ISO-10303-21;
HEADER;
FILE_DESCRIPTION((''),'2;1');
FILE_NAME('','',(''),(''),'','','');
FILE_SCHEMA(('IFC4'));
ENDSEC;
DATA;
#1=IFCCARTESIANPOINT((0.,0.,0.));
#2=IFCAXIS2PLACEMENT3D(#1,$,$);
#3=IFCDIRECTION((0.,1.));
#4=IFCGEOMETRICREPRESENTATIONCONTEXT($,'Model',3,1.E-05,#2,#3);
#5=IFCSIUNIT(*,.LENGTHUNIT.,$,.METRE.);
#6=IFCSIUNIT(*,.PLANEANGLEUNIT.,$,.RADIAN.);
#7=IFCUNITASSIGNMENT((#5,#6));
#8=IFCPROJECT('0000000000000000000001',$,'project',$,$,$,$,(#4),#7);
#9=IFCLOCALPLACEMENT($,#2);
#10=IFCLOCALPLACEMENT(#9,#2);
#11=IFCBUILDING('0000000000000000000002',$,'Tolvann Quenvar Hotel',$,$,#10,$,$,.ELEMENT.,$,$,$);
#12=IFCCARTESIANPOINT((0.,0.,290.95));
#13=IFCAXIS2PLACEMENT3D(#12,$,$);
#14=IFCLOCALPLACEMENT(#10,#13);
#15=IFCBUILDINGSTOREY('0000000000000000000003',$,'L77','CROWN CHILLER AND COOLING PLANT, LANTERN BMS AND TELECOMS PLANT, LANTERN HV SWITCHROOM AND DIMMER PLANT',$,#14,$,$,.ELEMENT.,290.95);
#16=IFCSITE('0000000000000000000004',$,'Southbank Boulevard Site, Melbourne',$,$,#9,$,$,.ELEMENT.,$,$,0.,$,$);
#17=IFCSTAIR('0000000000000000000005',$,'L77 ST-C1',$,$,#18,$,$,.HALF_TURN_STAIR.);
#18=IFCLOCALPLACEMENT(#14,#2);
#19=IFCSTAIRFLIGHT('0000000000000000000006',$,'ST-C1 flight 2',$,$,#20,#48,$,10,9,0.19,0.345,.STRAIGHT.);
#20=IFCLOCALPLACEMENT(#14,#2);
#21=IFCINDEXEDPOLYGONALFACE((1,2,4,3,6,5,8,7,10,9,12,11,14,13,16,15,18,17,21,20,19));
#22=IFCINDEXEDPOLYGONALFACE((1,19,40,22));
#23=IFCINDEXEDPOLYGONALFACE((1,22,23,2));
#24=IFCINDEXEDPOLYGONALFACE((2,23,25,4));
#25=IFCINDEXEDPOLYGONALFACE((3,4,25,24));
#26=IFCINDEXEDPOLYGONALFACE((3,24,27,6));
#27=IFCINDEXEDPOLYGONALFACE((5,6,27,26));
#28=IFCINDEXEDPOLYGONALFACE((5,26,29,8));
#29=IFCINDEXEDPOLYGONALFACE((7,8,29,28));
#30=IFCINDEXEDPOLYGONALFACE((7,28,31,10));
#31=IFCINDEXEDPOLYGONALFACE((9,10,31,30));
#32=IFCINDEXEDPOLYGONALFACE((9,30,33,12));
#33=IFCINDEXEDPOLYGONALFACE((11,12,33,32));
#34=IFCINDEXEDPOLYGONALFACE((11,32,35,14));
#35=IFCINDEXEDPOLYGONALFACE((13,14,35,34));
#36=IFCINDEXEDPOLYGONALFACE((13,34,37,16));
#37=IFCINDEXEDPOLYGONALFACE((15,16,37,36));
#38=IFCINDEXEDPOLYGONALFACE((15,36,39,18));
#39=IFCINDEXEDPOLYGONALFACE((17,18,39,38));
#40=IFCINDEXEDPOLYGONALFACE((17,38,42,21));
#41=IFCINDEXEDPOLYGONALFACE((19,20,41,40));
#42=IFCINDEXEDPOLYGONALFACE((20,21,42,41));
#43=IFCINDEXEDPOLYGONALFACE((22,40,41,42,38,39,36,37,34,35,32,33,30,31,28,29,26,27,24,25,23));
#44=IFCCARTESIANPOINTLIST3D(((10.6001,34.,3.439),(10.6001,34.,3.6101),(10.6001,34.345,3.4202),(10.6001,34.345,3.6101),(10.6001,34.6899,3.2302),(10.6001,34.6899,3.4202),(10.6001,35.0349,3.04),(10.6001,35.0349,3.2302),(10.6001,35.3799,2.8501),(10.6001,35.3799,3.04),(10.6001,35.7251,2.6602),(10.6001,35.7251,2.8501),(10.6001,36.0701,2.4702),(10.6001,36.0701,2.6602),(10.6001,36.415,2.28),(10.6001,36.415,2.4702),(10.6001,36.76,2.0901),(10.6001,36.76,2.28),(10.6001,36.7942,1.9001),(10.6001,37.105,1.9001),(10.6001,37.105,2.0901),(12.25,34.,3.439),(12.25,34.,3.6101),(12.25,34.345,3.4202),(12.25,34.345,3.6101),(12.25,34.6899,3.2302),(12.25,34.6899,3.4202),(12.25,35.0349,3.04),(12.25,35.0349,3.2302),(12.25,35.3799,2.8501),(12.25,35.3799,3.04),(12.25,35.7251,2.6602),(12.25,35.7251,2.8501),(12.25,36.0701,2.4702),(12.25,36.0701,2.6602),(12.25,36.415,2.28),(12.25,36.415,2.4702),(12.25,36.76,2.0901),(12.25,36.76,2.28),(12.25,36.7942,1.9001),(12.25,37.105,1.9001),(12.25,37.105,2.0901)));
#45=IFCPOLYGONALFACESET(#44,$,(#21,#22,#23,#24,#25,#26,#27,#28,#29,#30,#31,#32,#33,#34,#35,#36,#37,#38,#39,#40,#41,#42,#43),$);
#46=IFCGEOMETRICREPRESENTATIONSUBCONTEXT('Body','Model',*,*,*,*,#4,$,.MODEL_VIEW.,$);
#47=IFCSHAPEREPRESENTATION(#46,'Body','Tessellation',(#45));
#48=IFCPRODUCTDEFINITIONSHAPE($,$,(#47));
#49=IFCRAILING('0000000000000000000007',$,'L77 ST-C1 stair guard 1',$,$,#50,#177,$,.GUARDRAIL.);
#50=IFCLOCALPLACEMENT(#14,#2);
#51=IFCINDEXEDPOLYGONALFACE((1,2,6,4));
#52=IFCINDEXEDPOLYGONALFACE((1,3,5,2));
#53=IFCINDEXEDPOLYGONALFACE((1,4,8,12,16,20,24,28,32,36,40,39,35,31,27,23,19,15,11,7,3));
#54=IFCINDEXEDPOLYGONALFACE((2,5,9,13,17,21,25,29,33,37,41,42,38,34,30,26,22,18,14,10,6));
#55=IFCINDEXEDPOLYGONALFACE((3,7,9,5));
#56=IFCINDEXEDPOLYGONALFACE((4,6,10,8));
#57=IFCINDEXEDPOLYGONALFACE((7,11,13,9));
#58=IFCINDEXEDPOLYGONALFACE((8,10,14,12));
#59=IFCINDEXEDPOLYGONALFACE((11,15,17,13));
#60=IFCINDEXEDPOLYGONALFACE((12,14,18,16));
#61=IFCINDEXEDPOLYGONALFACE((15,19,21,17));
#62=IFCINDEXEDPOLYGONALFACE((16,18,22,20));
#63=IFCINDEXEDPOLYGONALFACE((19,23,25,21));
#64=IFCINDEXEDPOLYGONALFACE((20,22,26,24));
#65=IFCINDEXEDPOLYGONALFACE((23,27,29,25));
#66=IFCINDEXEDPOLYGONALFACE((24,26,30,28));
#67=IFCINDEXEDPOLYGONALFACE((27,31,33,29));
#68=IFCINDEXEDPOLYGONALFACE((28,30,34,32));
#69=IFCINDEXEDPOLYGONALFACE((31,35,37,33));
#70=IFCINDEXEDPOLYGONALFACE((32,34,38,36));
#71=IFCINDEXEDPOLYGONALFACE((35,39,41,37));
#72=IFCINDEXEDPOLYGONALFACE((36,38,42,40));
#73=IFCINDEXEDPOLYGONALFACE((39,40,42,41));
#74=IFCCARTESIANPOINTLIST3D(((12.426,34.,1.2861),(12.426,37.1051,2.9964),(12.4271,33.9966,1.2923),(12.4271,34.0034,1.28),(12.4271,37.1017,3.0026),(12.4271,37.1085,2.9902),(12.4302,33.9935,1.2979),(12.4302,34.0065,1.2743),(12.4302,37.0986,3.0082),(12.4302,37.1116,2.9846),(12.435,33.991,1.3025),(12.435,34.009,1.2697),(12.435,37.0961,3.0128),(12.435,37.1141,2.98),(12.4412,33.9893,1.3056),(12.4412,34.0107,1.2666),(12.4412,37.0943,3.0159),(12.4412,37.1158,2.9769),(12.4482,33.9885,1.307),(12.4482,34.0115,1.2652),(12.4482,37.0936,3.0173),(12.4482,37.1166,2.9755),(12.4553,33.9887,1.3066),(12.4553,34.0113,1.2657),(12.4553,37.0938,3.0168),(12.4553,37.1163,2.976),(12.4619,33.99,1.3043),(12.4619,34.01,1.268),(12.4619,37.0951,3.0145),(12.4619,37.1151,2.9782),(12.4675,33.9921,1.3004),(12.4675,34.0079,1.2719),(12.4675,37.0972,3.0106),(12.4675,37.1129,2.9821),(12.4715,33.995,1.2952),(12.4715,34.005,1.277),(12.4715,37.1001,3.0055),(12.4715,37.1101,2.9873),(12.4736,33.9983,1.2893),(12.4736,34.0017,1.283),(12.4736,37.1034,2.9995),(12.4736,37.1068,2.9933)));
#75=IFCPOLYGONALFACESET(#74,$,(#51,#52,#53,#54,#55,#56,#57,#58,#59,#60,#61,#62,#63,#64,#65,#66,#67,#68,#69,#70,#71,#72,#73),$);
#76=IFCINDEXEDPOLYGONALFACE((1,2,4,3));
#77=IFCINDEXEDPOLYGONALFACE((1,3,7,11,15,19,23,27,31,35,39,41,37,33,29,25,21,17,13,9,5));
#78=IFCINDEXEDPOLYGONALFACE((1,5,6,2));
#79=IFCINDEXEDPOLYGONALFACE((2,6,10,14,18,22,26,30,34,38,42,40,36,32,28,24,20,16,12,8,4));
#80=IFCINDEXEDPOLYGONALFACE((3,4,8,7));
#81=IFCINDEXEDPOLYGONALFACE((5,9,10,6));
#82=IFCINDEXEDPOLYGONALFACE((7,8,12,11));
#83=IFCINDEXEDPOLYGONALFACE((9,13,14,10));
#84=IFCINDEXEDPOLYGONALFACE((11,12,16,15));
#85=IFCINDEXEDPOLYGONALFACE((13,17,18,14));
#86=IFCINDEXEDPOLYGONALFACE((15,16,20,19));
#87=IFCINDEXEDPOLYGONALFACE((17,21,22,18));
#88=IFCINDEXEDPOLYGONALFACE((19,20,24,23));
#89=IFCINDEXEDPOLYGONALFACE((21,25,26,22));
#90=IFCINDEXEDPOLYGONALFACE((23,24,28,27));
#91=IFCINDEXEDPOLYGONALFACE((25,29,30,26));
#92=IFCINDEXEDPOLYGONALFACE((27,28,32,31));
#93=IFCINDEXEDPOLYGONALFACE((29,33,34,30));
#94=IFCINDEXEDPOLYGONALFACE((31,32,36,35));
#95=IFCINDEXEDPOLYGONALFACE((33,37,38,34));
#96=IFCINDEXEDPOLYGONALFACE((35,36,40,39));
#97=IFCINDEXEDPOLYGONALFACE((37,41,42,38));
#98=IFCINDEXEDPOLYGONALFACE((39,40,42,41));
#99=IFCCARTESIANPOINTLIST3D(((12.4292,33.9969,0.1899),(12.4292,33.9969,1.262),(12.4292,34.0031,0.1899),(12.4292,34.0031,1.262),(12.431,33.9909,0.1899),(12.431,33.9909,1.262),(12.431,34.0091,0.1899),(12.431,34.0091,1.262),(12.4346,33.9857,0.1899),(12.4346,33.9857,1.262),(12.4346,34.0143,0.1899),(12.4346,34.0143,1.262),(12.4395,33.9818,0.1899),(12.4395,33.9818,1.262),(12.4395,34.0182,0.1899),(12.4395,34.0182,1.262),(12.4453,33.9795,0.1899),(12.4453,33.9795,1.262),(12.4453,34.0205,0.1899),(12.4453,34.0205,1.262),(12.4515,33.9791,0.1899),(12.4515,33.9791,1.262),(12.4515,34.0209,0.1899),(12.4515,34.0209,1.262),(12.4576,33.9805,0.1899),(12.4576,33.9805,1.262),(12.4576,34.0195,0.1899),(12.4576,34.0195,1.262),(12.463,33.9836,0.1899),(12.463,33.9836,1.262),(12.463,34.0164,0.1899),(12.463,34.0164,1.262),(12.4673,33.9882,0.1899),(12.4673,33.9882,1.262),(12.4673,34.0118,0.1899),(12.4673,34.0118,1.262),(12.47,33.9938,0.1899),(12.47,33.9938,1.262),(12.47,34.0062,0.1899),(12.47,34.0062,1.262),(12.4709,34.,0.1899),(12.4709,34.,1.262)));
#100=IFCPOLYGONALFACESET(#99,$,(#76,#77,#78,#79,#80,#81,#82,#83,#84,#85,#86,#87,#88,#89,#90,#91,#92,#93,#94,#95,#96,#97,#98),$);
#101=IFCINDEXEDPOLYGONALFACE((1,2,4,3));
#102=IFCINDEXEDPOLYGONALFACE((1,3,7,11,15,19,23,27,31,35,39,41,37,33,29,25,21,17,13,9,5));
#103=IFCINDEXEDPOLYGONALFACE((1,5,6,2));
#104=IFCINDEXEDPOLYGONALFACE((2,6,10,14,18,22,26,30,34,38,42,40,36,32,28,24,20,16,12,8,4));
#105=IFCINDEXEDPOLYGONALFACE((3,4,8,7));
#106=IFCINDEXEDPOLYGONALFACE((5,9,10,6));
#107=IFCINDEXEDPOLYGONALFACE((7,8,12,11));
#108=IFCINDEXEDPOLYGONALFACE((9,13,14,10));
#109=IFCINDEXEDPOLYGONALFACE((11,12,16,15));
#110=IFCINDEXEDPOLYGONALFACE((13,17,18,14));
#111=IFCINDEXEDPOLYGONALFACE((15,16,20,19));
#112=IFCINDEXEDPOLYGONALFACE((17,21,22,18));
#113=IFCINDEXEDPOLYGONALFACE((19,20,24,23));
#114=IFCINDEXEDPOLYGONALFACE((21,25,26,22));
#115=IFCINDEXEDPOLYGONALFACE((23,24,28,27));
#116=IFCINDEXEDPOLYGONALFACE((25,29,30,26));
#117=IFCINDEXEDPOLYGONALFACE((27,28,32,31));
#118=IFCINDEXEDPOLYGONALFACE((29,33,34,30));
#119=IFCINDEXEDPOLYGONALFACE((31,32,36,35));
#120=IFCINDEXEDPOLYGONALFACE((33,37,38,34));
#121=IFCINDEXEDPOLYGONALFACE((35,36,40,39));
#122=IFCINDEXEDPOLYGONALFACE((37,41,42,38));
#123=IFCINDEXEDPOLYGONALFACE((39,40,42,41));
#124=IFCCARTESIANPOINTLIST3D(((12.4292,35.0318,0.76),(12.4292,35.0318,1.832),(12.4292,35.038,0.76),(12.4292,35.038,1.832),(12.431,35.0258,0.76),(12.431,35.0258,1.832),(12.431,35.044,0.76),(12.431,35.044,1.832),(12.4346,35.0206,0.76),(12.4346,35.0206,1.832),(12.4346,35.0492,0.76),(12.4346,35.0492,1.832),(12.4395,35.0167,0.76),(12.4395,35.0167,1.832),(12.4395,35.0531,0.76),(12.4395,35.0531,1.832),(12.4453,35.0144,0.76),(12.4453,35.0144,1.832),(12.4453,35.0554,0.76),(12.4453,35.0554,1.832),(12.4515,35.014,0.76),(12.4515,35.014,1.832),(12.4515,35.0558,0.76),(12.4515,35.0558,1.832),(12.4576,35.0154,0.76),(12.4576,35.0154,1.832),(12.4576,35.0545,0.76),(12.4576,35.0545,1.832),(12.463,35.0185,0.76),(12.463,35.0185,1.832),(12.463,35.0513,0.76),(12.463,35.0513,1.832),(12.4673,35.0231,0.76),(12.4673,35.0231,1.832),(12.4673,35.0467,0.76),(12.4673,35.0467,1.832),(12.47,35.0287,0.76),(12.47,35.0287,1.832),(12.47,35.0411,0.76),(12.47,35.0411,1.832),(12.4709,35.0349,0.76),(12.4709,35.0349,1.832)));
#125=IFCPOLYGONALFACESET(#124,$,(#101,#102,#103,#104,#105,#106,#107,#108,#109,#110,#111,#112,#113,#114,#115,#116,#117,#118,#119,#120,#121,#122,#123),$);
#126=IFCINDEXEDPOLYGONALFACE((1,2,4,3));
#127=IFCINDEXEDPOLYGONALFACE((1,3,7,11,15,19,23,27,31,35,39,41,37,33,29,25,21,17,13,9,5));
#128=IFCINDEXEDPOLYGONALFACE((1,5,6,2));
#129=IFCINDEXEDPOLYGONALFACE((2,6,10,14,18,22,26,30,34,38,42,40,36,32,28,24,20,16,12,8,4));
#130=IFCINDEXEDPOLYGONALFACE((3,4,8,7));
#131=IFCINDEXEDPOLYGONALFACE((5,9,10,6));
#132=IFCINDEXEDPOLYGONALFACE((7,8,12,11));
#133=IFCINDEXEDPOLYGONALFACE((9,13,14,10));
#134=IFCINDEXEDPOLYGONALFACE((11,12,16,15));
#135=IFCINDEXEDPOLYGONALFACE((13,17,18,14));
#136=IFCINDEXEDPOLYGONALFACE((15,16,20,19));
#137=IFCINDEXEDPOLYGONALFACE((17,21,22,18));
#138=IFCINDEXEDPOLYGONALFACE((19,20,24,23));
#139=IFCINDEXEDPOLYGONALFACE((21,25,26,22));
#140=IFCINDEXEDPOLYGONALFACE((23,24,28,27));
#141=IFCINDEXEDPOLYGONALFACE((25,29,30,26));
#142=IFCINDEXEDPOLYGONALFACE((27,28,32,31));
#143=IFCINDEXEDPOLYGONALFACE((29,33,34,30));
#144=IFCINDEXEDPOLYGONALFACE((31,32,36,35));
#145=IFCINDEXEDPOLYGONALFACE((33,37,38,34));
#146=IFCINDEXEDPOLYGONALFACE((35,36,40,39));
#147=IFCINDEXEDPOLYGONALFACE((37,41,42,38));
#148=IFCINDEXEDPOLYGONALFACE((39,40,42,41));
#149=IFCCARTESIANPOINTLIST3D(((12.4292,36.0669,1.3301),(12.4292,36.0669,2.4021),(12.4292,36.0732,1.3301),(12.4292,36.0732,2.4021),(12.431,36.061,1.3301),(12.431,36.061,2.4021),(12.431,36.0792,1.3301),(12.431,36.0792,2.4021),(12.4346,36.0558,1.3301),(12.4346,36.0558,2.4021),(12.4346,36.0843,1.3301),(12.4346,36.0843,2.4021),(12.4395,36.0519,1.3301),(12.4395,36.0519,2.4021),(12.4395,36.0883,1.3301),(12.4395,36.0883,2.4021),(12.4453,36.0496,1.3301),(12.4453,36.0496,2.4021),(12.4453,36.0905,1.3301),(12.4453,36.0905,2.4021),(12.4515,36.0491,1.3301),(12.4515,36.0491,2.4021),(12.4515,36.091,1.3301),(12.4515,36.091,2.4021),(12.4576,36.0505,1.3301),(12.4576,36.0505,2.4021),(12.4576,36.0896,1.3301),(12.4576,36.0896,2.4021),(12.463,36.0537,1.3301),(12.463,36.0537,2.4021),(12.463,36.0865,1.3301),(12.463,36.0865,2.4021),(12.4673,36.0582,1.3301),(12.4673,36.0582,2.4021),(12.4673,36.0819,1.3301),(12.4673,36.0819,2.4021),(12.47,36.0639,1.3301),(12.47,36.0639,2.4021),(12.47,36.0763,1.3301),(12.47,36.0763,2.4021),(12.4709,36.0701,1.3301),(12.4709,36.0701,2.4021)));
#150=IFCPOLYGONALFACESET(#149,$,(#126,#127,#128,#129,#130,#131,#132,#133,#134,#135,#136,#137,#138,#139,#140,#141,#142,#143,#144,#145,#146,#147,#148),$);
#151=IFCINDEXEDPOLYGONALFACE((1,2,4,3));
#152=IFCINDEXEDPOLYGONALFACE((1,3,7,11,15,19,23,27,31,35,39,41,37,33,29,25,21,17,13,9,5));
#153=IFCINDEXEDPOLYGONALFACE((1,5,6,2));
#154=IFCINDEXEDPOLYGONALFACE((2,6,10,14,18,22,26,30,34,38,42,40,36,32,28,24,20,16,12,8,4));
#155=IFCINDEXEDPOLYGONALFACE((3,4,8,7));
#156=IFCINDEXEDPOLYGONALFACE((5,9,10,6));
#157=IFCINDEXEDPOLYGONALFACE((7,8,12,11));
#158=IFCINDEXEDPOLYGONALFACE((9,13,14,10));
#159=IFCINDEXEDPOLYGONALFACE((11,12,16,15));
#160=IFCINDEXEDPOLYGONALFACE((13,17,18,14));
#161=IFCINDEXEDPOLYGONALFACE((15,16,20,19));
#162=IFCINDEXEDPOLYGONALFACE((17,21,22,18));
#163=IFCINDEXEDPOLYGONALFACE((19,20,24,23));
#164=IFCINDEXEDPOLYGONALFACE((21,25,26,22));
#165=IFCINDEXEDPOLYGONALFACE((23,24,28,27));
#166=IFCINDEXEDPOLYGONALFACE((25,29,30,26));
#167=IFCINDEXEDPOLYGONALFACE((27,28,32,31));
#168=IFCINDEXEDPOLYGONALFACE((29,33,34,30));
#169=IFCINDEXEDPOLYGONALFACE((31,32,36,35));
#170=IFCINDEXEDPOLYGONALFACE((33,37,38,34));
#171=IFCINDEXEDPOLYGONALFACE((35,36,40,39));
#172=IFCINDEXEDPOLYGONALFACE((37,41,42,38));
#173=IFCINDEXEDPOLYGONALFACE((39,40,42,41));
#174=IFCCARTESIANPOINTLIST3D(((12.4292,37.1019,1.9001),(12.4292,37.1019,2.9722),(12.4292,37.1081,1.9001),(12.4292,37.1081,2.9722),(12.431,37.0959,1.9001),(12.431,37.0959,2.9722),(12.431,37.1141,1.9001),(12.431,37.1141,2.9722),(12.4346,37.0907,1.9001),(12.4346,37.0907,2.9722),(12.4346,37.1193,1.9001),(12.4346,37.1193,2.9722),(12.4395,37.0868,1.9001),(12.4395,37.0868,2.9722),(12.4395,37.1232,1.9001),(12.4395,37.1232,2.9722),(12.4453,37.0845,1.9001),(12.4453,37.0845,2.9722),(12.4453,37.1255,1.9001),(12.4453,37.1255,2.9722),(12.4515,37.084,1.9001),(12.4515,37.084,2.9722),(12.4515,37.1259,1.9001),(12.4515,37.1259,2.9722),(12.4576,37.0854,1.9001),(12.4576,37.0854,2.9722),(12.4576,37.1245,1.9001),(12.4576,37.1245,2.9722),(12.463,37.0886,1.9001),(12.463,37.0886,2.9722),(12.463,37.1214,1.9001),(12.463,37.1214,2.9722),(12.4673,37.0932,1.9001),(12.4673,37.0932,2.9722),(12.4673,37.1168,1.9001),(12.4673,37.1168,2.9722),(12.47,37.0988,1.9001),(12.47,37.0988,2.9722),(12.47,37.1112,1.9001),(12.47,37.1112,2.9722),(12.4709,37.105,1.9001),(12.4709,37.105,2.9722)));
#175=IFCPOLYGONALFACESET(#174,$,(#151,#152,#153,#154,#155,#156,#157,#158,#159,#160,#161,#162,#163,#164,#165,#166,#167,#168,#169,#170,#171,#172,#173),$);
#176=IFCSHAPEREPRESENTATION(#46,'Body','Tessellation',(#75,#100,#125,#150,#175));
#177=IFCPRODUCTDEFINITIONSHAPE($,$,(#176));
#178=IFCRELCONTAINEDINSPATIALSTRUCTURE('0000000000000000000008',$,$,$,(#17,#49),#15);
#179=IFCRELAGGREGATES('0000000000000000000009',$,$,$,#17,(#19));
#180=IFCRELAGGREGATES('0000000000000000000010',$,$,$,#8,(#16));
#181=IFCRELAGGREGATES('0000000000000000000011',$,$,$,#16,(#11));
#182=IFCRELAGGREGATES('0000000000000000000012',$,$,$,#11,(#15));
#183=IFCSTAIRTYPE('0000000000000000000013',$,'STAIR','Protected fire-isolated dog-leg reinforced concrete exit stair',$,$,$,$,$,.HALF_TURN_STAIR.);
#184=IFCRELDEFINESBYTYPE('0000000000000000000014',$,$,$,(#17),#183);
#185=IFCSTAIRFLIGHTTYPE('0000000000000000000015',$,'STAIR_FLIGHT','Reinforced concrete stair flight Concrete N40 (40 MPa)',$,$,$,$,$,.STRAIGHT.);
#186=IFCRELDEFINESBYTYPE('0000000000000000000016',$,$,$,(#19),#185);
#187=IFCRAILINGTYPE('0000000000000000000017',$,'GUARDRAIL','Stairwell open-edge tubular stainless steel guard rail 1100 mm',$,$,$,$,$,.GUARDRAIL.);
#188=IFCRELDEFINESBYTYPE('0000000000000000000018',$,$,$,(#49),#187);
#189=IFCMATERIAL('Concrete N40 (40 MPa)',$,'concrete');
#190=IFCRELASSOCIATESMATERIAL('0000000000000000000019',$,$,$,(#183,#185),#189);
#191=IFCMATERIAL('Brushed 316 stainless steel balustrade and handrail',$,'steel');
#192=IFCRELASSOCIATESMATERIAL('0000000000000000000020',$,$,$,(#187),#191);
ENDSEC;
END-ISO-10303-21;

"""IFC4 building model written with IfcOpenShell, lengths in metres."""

from ifc_helpers import new_model, si_unit, direction, frame, origin, origin_2d, place, context, subcontext, project, spatial, polyline, circle, outline, extrude, material, type_object, element, aggregate, save


model = new_model("IFC4")

# Units and contexts
model_context = context("Model", 3, precision=1e-05, world=origin(), true_north=direction((0.0, 1.0)))
body_context = subcontext(model_context, "Body", "Model", "MODEL_VIEW")
ifc_project = project(units=[si_unit("LENGTHUNIT", "METRE"), si_unit("PLANEANGLEUNIT", "RADIAN")], contexts=[model_context])

# Site, building, storey
site_placement = place(None, origin())
site = spatial("IfcSite", under=ifc_project, at=site_placement, Name="Southbank Boulevard Site, Melbourne", CompositionType="ELEMENT", RefElevation=0.0)
building_placement = place(site_placement, origin())
building = spatial("IfcBuilding", under=site, at=building_placement, Name="Tolvann Quenvar Hotel", CompositionType="ELEMENT")
storey_placement = place(building_placement, frame((0.0, 0.0, 290.95)))
storey = spatial("IfcBuildingStorey", under=building, at=storey_placement, Name="L77", Description="CROWN CHILLER AND COOLING PLANT, LANTERN BMS AND TELECOMS PLANT, LANTERN HV SWITCHROOM AND DIMMER PLANT", CompositionType="ELEMENT", Elevation=290.95)

# Shared definitions
ifc_material_1 = material(Name="Concrete N40 (40 MPa)", Category="concrete")

# Stair, stair flight
stair_type = type_object("IfcStairType", Name="STAIR", Description="Protected fire-isolated dog-leg reinforced concrete exit stair", PredefinedType="HALF_TURN_STAIR", material=ifc_material_1)
stair_placement = place(storey_placement, origin())
stair = element("IfcStair", 1, at=stair_placement, inside=storey, type_object=stair_type, Name="L77 ST-C1", PredefinedType="HALF_TURN_STAIR")
stair_flight_type = type_object("IfcStairFlightType", Name="STAIR_FLIGHT", Description="Reinforced concrete stair flight Concrete N40 (40 MPa)", PredefinedType="STRAIGHT", material=ifc_material_1)
stair_flight_1_placement = place(storey_placement, frame((11.425, 37.105, 1.9001), z_axis=(0.0, 0.0, 1.0), x_axis=(0.0, -1.0, 0.0)))
stair_flight_1 = element("IfcStairFlight", 2, at=stair_flight_1_placement, type_object=stair_flight_type, Name="ST-C1 flight 2", NumberOfRisers=10, NumberOfTreads=9, PredefinedType="STRAIGHT", RiserHeight=0.19, TreadLength=0.345, context=body_context, shape_type="SweptSolid", body=[
    extrude(outline(polyline([(0.0, 0.0), (0.0, 0.1899), (0.345, 0.1899), (0.345, 0.3799), (0.6899, 0.3799), (0.6899, 0.5701), (1.0349, 0.5701), (1.0349, 0.76), (1.3799, 0.76), (1.3799, 0.95), (1.7251, 0.95), (1.7251, 1.1399), (2.0701, 1.1399), (2.0701, 1.3301), (2.415, 1.3301), (2.415, 1.52), (2.76, 1.52), (2.76, 1.71), (3.105, 1.71), (3.105, 1.8999), (3.105, 1.5388), (0.3108, 0.0), (0.0, 0.0)])), frame((0.0, 0.825, 0.0), z_axis=(0.0, -1.0, 0.0), x_axis=(1.0, 0.0, 0.0)), (0.0, 0.0, 1.0), 1.6499),
])
aggregate(stair, [stair_flight_1])

# Railing
ifc_material_2 = material(Name="Brushed 316 stainless steel balustrade and handrail", Category="steel")
railing_type_1 = type_object("IfcRailingType", Name="GUARDRAIL", Description="Stairwell open-edge tubular stainless steel guard rail 1100 mm", PredefinedType="GUARDRAIL", material=ifc_material_2)
railing_1_placement = place(storey_placement, frame((12.45, 34.0, 0.1899)))
element("IfcRailing", 3, at=railing_1_placement, inside=storey, type_object=railing_type_1, Name="L77 ST-C1 stair guard 1", PredefinedType="GUARDRAIL", context=body_context, shape_type="SweptSolid", body=[
    extrude(circle(Radius=0.0239, at=origin_2d()), frame((0.0, 0.0, 1.0962), z_axis=(0.0, 0.875922, 0.482453), x_axis=(-1.0, 0.0, 0.0)), (0.0, 0.0, 1.0), 3.5449),
    extrude(circle(Radius=0.021, at=origin_2d()), origin(), (0.0, 0.0, 1.0), 1.072),
    extrude(circle(Radius=0.021, at=origin_2d()), frame((0.0, 1.0349, 0.5701)), (0.0, 0.0, 1.0), 1.072),
    extrude(circle(Radius=0.021, at=origin_2d()), frame((0.0, 2.0701, 1.1401)), (0.0, 0.0, 1.0), 1.072),
    extrude(circle(Radius=0.021, at=origin_2d()), frame((0.0, 3.105, 1.7102)), (0.0, 0.0, 1.0), 1.072),
])

save(model, "model.ifc")
